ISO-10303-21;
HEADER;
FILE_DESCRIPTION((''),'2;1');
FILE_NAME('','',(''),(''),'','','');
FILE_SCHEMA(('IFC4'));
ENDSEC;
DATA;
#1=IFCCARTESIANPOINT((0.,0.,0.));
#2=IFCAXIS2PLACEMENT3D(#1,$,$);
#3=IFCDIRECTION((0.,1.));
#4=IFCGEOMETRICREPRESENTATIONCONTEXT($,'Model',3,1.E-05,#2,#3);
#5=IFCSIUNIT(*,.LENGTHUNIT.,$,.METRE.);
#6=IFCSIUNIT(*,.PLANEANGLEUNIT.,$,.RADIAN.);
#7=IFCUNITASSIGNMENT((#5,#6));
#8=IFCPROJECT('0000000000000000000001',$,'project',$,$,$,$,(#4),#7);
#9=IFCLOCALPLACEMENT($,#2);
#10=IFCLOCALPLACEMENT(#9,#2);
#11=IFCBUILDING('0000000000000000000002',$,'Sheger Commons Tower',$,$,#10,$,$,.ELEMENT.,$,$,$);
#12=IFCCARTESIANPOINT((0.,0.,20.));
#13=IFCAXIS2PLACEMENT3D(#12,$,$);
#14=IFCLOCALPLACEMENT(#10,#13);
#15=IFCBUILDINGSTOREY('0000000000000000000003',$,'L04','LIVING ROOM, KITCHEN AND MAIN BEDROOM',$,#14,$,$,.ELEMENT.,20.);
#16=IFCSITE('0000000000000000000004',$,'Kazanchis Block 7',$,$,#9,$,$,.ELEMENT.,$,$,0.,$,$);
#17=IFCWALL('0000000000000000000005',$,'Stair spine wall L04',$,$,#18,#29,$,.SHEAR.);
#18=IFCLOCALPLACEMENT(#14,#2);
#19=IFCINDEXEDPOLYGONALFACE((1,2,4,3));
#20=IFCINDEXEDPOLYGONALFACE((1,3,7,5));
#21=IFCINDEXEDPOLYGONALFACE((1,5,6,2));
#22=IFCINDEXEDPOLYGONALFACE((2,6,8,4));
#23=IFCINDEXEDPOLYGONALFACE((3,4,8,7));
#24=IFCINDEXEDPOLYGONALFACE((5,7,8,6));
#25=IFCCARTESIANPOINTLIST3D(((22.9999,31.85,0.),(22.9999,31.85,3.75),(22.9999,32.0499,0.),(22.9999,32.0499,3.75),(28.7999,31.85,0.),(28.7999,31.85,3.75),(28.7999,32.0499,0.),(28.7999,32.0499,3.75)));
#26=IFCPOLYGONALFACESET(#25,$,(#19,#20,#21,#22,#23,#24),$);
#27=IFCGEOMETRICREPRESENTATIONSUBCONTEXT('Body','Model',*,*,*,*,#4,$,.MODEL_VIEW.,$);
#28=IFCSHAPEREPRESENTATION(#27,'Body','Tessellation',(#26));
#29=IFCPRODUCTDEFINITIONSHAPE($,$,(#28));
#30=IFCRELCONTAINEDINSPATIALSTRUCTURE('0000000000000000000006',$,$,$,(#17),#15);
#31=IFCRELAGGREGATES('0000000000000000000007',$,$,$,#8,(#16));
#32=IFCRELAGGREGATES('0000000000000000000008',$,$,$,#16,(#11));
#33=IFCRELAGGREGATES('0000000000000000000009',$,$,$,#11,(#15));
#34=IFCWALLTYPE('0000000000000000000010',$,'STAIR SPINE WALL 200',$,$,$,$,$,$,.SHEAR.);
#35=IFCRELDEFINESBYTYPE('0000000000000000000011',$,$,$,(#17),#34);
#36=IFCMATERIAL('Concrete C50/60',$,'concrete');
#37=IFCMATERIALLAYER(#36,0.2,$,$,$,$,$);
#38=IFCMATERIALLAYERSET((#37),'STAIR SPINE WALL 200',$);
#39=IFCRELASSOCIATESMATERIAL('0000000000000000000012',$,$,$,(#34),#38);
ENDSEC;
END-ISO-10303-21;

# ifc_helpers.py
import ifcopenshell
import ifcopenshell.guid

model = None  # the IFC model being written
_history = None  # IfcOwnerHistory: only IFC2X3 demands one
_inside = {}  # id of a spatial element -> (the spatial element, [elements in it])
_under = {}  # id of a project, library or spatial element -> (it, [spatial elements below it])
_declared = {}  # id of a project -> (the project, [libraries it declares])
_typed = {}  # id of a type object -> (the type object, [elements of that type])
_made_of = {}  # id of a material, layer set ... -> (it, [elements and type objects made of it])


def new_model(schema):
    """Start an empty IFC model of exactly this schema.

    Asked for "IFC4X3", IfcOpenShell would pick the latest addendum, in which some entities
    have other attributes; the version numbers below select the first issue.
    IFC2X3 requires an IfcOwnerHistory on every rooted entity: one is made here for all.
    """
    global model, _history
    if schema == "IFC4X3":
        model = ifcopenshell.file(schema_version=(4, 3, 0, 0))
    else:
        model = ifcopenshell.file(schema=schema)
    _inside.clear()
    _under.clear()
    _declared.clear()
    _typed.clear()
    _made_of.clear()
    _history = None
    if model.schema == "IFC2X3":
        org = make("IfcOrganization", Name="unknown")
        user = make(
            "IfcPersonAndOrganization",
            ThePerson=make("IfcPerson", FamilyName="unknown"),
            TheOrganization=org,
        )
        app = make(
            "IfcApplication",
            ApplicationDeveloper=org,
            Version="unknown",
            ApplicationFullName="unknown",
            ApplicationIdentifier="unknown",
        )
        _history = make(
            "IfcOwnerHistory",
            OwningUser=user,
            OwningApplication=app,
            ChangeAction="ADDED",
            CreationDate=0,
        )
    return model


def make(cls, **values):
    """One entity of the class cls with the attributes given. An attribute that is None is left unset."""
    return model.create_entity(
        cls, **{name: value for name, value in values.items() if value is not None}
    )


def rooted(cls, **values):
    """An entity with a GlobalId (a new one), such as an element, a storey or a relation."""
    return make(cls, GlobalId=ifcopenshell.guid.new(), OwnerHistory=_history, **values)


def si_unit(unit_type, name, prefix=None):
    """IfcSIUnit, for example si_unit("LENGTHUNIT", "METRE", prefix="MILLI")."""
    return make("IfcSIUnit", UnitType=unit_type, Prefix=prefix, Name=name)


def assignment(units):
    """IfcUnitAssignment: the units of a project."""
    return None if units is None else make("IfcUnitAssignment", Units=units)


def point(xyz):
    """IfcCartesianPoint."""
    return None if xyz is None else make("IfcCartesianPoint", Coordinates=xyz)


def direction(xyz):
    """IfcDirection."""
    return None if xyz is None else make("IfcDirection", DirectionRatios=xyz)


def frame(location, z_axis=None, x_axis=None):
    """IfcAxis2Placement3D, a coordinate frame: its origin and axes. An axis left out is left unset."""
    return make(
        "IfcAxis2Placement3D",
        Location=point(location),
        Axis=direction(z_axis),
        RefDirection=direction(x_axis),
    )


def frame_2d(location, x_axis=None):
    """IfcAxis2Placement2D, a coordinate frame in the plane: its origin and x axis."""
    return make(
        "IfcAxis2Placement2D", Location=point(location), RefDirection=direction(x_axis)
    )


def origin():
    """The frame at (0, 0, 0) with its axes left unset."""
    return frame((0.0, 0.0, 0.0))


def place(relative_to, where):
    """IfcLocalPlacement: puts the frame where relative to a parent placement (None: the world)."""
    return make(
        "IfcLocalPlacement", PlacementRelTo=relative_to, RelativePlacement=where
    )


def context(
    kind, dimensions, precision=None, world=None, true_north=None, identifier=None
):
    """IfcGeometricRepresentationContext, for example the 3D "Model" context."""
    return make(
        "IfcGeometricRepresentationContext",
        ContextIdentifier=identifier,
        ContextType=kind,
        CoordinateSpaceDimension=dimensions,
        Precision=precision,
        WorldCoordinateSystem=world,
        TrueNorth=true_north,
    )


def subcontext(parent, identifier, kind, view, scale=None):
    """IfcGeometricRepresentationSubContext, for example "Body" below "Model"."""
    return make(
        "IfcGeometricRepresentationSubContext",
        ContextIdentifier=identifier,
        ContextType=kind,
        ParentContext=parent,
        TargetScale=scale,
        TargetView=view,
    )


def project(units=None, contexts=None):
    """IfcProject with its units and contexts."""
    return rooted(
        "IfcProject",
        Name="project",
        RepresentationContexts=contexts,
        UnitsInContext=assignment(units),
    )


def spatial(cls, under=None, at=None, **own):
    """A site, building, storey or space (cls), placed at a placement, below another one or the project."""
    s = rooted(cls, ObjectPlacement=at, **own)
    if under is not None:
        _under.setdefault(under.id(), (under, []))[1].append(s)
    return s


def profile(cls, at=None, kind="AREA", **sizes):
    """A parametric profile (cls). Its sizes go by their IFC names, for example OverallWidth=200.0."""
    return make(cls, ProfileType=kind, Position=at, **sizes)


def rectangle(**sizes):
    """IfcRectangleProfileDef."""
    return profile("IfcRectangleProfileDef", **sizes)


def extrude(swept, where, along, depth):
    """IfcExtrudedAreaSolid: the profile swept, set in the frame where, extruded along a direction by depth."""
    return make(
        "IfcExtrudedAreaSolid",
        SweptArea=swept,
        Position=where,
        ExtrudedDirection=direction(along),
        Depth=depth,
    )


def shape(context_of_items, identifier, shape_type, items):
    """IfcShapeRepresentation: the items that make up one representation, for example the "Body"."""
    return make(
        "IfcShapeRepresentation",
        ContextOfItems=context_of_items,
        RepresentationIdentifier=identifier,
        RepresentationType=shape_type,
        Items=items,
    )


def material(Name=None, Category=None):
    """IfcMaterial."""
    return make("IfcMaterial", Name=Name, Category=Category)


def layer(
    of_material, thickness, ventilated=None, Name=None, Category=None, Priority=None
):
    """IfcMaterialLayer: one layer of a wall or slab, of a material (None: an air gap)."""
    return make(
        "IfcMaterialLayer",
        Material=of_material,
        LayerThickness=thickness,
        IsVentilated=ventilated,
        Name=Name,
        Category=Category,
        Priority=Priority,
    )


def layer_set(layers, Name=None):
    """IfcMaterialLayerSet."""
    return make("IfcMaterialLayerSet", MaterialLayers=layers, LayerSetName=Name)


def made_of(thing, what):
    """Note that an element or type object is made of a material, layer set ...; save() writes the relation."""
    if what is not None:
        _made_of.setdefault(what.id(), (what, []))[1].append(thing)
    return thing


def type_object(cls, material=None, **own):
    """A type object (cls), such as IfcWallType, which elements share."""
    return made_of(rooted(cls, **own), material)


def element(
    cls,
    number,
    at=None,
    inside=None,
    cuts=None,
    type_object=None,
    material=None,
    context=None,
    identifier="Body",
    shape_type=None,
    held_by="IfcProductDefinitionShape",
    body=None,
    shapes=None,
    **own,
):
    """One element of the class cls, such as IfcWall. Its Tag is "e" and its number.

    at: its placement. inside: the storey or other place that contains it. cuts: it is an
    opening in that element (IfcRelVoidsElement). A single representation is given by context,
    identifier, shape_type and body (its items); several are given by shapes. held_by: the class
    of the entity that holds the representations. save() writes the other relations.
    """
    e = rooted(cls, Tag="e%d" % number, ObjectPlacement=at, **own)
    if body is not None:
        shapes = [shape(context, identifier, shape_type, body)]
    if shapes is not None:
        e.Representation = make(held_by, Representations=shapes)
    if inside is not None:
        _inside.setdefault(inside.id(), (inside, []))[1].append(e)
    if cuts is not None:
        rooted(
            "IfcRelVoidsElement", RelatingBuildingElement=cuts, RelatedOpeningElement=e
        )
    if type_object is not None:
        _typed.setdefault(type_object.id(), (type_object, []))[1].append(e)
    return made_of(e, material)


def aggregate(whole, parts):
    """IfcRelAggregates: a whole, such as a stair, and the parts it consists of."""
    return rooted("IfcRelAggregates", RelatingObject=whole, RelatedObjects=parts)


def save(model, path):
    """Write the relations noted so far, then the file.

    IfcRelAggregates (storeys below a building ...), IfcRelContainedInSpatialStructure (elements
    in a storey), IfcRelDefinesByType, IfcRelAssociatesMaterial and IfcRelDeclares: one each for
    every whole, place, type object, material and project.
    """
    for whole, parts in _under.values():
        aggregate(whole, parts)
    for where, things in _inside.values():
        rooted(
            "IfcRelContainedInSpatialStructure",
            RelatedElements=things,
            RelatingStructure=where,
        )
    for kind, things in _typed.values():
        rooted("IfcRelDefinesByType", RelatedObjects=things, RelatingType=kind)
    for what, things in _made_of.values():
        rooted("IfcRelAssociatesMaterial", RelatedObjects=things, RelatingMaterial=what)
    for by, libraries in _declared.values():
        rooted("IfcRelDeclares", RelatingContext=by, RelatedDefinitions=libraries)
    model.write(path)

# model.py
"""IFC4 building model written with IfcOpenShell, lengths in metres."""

from ifc_helpers import new_model, si_unit, direction, frame, frame_2d, origin, place, context, subcontext, project, spatial, rectangle, extrude, material, layer, layer_set, type_object, element, save


model = new_model("IFC4")

# Units and contexts
model_context = context("Model", 3, precision=1e-05, world=origin(), true_north=direction((0.0, 1.0)))
body_context = subcontext(model_context, "Body", "Model", "MODEL_VIEW")
ifc_project = project(units=[si_unit("LENGTHUNIT", "METRE"), si_unit("PLANEANGLEUNIT", "RADIAN")], contexts=[model_context])

# Site, building, storey
site_placement = place(None, origin())
site = spatial("IfcSite", under=ifc_project, at=site_placement, Name="Kazanchis Block 7", CompositionType="ELEMENT", RefElevation=0.0)
building_placement = place(site_placement, origin())
building = spatial("IfcBuilding", under=site, at=building_placement, Name="Sheger Commons Tower", CompositionType="ELEMENT")
storey_placement = place(building_placement, frame((0.0, 0.0, 20.0)))
storey = spatial("IfcBuildingStorey", under=building, at=storey_placement, Name="L04", Description="LIVING ROOM, KITCHEN AND MAIN BEDROOM", CompositionType="ELEMENT", Elevation=20.0)

# Wall
ifc_material_1 = material(Name="Concrete C50/60", Category="concrete")
ifc_layer_1 = layer(ifc_material_1, 0.2)
ifc_layer_set_1 = layer_set([ifc_layer_1], Name="STAIR SPINE WALL 200")
wall_type_1 = type_object("IfcWallType", Name="STAIR SPINE WALL 200", PredefinedType="SHEAR", material=ifc_layer_set_1)
wall_1_placement = place(storey_placement, frame((23.0, 31.95, 0.0), z_axis=(0.0, 0.0, 1.0), x_axis=(1.0, 0.0, 0.0)))
element("IfcWall", 1, at=wall_1_placement, inside=storey, type_object=wall_type_1, Name="Stair spine wall L04", PredefinedType="SHEAR", context=body_context, shape_type="SweptSolid", body=[
    extrude(rectangle(XDim=5.8, YDim=0.2, at=frame_2d((2.8999, 0.0))), origin(), (0.0, 0.0, 1.0), 3.75),
])

save(model, "model.ifc")
